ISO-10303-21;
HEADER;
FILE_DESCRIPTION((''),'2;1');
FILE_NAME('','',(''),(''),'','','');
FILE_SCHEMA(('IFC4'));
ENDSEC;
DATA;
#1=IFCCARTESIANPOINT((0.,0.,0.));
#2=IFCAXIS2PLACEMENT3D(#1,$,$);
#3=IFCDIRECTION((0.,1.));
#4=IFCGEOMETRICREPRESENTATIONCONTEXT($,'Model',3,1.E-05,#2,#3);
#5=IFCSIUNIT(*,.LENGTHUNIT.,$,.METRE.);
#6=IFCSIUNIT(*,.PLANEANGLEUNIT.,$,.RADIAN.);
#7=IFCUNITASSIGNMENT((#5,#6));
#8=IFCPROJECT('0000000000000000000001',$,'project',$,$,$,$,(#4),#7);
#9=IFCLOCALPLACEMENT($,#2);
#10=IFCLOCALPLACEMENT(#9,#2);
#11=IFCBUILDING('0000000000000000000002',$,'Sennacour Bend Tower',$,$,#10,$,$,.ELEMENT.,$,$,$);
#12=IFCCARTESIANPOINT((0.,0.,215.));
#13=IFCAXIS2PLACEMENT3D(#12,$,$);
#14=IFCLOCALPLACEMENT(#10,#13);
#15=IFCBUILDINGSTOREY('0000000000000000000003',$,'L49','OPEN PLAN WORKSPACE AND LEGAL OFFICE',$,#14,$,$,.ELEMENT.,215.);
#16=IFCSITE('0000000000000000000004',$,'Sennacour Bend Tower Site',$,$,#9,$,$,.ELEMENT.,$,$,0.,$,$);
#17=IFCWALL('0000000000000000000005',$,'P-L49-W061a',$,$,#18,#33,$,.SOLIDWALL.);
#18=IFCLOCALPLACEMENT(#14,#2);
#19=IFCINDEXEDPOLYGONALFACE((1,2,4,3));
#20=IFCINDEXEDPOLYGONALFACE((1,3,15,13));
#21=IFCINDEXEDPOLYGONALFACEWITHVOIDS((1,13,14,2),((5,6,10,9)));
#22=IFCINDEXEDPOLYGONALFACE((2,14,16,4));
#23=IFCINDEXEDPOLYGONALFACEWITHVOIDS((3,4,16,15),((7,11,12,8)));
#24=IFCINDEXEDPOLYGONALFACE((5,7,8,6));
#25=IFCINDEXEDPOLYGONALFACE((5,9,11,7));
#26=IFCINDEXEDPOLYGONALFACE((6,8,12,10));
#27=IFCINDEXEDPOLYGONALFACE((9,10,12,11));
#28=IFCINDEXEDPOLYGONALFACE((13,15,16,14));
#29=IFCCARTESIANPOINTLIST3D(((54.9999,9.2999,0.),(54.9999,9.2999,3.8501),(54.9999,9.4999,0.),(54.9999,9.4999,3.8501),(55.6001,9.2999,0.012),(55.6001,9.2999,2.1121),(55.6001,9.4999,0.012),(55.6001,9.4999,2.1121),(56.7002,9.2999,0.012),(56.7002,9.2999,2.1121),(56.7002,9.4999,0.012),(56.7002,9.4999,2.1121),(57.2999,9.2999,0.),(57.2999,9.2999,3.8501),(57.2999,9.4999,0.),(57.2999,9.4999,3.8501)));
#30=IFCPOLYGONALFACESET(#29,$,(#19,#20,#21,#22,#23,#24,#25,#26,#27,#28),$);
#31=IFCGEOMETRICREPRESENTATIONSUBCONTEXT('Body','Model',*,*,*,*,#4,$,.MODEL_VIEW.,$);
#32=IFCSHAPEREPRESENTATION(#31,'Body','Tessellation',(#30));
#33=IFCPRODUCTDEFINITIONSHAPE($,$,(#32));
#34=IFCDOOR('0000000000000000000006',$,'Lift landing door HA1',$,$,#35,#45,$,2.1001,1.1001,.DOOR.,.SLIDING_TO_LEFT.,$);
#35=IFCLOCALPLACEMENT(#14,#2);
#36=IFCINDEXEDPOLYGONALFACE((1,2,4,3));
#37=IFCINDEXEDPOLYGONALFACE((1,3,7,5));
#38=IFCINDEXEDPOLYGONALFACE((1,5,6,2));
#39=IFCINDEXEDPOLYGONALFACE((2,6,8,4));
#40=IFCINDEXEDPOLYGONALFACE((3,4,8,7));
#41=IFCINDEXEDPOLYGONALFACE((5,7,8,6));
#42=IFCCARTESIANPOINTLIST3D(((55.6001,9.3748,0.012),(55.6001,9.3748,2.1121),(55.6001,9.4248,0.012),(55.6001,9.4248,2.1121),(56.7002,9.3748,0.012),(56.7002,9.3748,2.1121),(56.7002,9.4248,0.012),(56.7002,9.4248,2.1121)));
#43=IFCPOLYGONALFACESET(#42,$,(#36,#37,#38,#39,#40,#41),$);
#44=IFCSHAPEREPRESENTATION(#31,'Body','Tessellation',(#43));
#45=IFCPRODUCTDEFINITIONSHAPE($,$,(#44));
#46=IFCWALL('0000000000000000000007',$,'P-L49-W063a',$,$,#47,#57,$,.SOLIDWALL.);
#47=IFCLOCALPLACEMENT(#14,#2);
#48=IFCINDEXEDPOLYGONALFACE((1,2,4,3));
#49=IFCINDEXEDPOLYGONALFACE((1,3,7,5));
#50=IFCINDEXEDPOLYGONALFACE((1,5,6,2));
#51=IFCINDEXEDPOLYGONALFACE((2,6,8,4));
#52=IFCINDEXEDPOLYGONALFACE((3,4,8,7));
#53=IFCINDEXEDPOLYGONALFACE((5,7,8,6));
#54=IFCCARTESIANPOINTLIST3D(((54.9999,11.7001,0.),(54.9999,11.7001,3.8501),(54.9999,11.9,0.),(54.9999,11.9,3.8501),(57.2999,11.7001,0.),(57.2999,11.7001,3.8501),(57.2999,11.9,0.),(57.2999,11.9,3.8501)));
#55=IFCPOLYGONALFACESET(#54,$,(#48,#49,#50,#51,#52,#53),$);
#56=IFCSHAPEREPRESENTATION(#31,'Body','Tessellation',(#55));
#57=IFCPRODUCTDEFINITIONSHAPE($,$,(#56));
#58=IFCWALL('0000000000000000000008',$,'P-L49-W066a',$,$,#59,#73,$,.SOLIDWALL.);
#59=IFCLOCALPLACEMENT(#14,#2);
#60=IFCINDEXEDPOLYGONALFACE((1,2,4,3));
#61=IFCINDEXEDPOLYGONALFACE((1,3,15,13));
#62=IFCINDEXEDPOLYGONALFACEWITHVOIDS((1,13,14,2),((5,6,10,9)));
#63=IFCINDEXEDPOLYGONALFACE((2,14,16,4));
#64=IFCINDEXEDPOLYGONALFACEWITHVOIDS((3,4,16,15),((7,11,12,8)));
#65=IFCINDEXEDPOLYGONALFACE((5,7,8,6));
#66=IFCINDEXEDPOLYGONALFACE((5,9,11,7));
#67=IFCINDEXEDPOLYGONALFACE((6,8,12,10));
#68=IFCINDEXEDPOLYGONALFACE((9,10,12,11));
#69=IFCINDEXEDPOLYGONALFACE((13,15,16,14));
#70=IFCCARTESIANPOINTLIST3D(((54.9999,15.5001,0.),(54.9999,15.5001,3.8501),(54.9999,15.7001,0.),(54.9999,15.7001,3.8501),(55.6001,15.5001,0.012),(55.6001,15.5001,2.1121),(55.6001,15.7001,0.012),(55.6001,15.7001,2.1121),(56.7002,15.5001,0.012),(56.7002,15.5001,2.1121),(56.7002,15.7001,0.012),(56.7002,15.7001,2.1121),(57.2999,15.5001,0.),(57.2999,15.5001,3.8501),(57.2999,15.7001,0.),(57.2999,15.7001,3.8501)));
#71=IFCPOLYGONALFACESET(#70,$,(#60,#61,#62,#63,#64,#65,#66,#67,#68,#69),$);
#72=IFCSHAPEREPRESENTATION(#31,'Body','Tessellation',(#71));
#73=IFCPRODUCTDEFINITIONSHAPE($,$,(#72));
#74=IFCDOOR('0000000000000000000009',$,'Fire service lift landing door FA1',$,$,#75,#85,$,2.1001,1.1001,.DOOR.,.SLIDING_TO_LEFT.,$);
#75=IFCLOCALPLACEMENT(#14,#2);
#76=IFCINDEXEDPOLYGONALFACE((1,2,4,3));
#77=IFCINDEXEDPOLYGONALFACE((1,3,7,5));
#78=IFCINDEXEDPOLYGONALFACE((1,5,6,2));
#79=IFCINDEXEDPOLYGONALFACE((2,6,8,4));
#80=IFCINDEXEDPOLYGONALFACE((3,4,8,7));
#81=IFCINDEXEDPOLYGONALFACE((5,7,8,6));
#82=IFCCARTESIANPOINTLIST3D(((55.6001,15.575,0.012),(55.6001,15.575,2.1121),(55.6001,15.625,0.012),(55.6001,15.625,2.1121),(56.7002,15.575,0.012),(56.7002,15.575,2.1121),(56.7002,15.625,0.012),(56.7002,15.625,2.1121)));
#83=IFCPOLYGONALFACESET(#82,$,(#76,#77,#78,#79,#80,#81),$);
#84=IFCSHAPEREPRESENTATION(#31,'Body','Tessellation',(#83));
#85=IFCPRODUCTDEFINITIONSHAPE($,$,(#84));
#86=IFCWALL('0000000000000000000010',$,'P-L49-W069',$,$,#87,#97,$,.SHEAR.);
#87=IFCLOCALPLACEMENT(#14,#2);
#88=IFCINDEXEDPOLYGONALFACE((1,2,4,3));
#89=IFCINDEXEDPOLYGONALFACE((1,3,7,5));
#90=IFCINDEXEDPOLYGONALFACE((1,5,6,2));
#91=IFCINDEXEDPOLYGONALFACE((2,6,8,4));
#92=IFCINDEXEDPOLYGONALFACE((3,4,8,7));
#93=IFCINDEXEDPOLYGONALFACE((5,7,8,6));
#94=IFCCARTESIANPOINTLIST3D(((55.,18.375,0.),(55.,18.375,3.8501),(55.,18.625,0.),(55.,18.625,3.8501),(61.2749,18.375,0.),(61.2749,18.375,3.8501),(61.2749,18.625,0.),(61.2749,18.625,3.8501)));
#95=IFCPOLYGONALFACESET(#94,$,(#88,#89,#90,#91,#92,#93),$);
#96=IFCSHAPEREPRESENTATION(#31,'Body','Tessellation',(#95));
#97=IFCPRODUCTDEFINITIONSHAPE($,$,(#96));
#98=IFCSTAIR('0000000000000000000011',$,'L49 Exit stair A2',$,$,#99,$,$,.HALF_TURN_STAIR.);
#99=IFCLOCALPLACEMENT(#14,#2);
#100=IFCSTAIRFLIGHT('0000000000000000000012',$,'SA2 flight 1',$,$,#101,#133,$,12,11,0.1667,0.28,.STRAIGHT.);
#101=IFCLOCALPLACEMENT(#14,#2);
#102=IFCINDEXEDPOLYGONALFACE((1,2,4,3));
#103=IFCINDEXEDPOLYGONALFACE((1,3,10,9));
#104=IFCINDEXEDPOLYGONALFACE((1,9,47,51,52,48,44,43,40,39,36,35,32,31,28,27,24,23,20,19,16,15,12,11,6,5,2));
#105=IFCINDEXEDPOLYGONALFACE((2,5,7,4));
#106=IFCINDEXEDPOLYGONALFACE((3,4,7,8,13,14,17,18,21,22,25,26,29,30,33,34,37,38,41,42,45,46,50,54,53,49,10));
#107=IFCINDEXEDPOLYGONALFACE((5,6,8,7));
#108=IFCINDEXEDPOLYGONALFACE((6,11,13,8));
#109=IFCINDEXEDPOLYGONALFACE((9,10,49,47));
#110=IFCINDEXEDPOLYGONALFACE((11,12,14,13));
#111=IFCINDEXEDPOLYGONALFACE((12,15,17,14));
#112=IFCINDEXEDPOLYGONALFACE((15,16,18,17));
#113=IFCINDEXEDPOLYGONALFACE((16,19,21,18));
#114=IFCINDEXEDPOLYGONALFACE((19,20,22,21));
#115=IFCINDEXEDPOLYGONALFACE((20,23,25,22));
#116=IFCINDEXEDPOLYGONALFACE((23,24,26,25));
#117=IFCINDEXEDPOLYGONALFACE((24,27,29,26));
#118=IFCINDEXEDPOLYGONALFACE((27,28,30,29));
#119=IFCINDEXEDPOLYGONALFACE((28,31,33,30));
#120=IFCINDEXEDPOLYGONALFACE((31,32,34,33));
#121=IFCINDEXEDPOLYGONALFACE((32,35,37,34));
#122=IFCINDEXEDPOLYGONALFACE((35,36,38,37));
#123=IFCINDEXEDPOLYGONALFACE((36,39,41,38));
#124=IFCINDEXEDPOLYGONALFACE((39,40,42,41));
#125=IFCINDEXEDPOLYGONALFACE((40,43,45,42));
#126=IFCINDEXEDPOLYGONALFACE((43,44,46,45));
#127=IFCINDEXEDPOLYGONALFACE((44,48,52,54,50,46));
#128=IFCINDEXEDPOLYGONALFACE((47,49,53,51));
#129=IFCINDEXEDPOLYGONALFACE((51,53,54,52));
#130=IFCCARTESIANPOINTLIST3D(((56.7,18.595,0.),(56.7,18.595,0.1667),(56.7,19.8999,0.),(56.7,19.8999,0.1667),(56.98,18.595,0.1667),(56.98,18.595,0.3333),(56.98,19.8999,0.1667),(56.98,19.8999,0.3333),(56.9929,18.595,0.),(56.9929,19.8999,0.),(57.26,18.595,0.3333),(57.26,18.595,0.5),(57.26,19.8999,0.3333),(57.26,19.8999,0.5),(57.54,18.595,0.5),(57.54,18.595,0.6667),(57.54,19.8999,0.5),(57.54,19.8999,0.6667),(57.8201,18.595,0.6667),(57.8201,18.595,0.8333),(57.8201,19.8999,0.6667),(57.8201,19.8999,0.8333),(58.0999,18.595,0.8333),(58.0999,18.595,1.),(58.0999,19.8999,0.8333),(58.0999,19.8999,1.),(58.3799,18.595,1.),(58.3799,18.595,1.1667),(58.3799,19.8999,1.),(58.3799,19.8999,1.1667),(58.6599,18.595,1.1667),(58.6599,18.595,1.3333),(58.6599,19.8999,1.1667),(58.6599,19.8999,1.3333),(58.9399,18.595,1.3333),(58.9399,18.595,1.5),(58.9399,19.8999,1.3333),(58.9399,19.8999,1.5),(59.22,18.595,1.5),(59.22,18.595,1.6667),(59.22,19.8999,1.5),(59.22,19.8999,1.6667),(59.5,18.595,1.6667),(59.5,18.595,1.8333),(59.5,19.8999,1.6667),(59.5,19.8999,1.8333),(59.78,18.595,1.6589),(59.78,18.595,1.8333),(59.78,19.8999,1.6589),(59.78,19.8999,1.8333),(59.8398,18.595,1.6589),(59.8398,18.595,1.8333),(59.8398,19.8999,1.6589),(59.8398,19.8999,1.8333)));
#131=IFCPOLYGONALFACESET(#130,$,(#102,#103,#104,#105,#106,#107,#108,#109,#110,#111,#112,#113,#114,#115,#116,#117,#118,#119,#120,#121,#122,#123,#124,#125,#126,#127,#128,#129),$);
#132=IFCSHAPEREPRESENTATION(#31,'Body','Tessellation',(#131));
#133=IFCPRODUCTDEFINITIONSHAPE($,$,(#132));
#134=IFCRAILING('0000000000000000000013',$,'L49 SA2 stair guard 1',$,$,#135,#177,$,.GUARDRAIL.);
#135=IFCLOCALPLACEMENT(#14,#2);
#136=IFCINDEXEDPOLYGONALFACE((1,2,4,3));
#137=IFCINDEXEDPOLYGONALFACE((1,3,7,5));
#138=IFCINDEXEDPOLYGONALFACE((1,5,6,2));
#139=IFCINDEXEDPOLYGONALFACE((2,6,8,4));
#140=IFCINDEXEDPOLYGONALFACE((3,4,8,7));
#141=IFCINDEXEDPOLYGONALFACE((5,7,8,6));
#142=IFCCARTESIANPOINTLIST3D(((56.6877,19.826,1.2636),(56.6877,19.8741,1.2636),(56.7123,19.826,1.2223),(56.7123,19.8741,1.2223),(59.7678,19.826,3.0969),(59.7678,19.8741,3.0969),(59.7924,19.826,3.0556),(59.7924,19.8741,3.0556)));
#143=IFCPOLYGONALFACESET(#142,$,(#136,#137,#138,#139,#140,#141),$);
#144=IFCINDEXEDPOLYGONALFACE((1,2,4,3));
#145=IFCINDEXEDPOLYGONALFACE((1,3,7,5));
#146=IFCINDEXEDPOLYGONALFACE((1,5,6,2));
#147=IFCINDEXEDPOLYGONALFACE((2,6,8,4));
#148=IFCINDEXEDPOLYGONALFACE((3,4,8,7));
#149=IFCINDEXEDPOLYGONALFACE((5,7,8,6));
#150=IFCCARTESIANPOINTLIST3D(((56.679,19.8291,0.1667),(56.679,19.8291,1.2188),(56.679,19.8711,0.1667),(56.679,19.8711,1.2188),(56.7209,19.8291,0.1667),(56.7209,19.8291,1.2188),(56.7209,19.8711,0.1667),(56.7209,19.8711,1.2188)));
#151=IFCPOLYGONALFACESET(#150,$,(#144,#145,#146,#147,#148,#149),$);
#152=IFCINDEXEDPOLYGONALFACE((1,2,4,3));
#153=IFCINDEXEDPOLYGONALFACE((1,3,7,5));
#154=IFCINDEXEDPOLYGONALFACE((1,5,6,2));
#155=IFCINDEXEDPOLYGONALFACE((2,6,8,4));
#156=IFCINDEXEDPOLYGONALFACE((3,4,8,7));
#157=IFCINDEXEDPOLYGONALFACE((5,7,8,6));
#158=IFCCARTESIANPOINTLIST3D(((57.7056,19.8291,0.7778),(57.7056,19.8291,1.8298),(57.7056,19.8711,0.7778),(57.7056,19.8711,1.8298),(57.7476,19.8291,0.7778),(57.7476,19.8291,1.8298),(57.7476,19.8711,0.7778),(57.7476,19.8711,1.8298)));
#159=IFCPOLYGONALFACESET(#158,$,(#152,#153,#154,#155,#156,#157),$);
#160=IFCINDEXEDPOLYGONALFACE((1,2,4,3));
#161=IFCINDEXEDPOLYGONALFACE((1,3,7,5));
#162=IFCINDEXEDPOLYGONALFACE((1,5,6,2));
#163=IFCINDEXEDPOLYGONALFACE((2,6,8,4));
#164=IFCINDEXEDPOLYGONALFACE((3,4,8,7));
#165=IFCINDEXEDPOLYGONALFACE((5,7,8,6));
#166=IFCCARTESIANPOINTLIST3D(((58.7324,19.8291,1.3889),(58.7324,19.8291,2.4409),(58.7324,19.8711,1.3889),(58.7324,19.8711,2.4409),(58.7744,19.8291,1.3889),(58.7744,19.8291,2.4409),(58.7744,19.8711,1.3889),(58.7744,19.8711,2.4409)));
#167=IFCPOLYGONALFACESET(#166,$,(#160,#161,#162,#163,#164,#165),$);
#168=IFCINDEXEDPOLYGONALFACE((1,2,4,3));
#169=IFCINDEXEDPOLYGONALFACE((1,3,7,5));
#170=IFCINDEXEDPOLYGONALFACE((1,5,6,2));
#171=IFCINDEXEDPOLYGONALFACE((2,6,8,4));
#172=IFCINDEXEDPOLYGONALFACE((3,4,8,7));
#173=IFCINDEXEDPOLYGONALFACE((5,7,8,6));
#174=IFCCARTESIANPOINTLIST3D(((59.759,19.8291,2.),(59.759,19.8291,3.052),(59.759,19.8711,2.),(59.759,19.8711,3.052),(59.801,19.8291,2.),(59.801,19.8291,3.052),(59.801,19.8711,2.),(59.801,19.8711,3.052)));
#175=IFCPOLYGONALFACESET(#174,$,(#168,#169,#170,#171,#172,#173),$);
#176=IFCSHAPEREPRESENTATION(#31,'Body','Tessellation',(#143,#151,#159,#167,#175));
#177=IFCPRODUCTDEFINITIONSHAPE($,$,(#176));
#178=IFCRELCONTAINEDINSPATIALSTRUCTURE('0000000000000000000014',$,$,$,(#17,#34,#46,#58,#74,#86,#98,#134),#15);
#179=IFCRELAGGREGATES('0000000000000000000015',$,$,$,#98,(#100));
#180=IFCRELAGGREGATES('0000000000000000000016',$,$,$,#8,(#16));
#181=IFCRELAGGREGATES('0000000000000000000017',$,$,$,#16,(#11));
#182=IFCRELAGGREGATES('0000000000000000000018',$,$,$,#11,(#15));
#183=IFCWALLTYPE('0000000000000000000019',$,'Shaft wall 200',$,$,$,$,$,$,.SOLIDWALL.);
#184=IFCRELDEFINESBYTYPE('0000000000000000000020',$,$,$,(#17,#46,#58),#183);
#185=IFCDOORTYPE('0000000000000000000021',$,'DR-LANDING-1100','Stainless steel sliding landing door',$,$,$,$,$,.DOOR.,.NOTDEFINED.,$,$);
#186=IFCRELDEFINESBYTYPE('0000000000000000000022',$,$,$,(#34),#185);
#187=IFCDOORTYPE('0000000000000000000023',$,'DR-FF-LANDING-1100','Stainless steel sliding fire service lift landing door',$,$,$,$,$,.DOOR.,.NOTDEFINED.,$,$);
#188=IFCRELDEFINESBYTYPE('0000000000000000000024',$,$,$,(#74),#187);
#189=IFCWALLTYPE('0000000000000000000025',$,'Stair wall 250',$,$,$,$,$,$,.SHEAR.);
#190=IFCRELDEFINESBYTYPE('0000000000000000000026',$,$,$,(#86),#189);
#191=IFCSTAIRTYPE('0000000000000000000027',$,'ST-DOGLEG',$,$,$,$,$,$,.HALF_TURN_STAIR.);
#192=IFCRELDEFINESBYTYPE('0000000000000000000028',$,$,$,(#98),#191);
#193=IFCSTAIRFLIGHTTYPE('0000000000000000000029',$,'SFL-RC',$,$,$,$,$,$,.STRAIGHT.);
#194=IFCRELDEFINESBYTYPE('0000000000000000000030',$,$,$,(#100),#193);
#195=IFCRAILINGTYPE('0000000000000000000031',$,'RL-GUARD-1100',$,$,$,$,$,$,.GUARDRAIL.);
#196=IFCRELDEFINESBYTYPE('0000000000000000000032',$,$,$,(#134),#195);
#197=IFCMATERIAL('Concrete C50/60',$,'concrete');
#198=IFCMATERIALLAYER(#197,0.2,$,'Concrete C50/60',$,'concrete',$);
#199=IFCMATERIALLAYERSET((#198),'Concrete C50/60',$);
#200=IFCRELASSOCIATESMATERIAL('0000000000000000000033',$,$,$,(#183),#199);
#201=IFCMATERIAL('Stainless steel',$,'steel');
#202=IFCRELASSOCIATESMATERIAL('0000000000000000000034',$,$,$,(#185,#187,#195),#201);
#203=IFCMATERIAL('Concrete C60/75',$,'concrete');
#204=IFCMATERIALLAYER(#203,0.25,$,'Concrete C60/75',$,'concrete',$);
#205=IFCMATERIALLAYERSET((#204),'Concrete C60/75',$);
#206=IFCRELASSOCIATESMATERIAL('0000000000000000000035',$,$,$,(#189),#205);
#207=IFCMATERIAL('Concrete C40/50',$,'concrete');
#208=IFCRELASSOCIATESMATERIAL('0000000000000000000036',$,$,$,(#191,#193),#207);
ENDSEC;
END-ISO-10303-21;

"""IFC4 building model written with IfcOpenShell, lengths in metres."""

from ifc_helpers import new_model, si_unit, direction, frame, frame_2d, origin, origin_2d, place, context, subcontext, project, spatial, polyline, rectangle, outline, extrude, material, layer, layer_set, type_object, element, fill, aggregate, save


model = new_model("IFC4")

# Units and contexts
model_context = context("Model", 3, precision=1e-05, world=origin(), true_north=direction((0.0, 1.0)))
body_context = subcontext(model_context, "Body", "Model", "MODEL_VIEW")
ifc_project = project(units=[si_unit("LENGTHUNIT", "METRE"), si_unit("PLANEANGLEUNIT", "RADIAN")], contexts=[model_context])

# Site, building, storey
site_placement = place(None, origin())
site = spatial("IfcSite", under=ifc_project, at=site_placement, Name="Sennacour Bend Tower Site", CompositionType="ELEMENT", RefElevation=0.0)
building_placement = place(site_placement, origin())
building = spatial("IfcBuilding", under=site, at=building_placement, Name="Sennacour Bend Tower", CompositionType="ELEMENT")
storey_placement = place(building_placement, frame((0.0, 0.0, 215.0)))
storey = spatial("IfcBuildingStorey", under=building, at=storey_placement, Name="L49", Description="OPEN PLAN WORKSPACE AND LEGAL OFFICE", CompositionType="ELEMENT", Elevation=215.0)

# Shared definitions
ifc_material_1 = material(Name="Concrete C60/75", Category="concrete")

# Wall, opening, door
ifc_material_2 = material(Name="Concrete C50/60", Category="concrete")
ifc_layer_1 = layer(ifc_material_2, 0.2, Name="Concrete C50/60", Category="concrete")
ifc_layer_set_1 = layer_set([ifc_layer_1], Name="Concrete C50/60")
wall_type_1 = type_object("IfcWallType", Name="Shaft wall 200", PredefinedType="SOLIDWALL", material=ifc_layer_set_1)
wall_1_placement = place(storey_placement, frame((55.0, 9.3999, 0.0), z_axis=(0.0, 0.0, 1.0), x_axis=(1.0, 0.0, 0.0)))
wall_1 = element("IfcWall", 1, at=wall_1_placement, inside=storey, type_object=wall_type_1, Name="P-L49-W061a", PredefinedType="SOLIDWALL", context=body_context, shape_type="SweptSolid", body=[
    extrude(rectangle(XDim=2.3, YDim=0.2, at=frame_2d((1.1499, 0.0))), origin(), (0.0, 0.0, 1.0), 3.8501),
])
opening_1_placement = place(wall_1_placement, frame((0.6001, 0.0, 0.012)))
opening_1 = element("IfcOpeningElement", 2, at=opening_1_placement, cuts=wall_1, PredefinedType="OPENING", context=body_context, shape_type="SweptSolid", body=[
    extrude(rectangle(XDim=1.1001, YDim=2.1001, at=frame_2d((0.55, 1.05))), frame((0.0, 0.1099, 0.0), z_axis=(0.0, -1.0, 0.0), x_axis=(1.0, 0.0, 0.0)), (0.0, 0.0, 1.0), 0.22),
])
ifc_material_3 = material(Name="Stainless steel", Category="steel")
door_type_1 = type_object("IfcDoorType", Name="DR-LANDING-1100", Description="Stainless steel sliding landing door", OperationType="NOTDEFINED", PredefinedType="DOOR", material=ifc_material_3)
door_1_placement = place(opening_1_placement, origin())
door_1 = element("IfcDoor", 3, at=door_1_placement, inside=storey, type_object=door_type_1, Name="Lift landing door HA1", OperationType="SLIDING_TO_LEFT", OverallHeight=2.1001, OverallWidth=1.1001, PredefinedType="DOOR", context=body_context, shape_type="SweptSolid", body=[
    extrude(rectangle(XDim=1.1001, YDim=2.1001, at=frame_2d((0.55, 1.05))), frame((0.0, 0.0249, 0.0), z_axis=(0.0, -1.0, 0.0), x_axis=(1.0, 0.0, 0.0)), (0.0, 0.0, 1.0), 0.05),
])
fill(opening_1, door_1)

# Wall
wall_2_placement = place(storey_placement, frame((55.0, 11.8, 0.0), z_axis=(0.0, 0.0, 1.0), x_axis=(1.0, 0.0, 0.0)))
element("IfcWall", 4, at=wall_2_placement, inside=storey, type_object=wall_type_1, Name="P-L49-W063a", PredefinedType="SOLIDWALL", context=body_context, shape_type="SweptSolid", body=[
    extrude(rectangle(XDim=2.3, YDim=0.2, at=frame_2d((1.1499, 0.0))), origin(), (0.0, 0.0, 1.0), 3.8501),
])

# Wall, opening, door
wall_3_placement = place(storey_placement, frame((55.0, 15.6001, 0.0), z_axis=(0.0, 0.0, 1.0), x_axis=(1.0, 0.0, 0.0)))
wall_3 = element("IfcWall", 5, at=wall_3_placement, inside=storey, type_object=wall_type_1, Name="P-L49-W066a", PredefinedType="SOLIDWALL", context=body_context, shape_type="SweptSolid", body=[
    extrude(rectangle(XDim=2.3, YDim=0.2, at=frame_2d((1.1499, 0.0))), origin(), (0.0, 0.0, 1.0), 3.8501),
])
opening_2_placement = place(wall_3_placement, frame((0.6001, 0.0, 0.012)))
opening_2 = element("IfcOpeningElement", 6, at=opening_2_placement, cuts=wall_3, PredefinedType="OPENING", context=body_context, shape_type="SweptSolid", body=[
    extrude(rectangle(XDim=1.1001, YDim=2.1001, at=frame_2d((0.55, 1.05))), frame((0.0, 0.1099, 0.0), z_axis=(0.0, -1.0, 0.0), x_axis=(1.0, 0.0, 0.0)), (0.0, 0.0, 1.0), 0.22),
])
door_type_2 = type_object("IfcDoorType", Name="DR-FF-LANDING-1100", Description="Stainless steel sliding fire service lift landing door", OperationType="NOTDEFINED", PredefinedType="DOOR", material=ifc_material_3)
door_2_placement = place(opening_2_placement, origin())
door_2 = element("IfcDoor", 7, at=door_2_placement, inside=storey, type_object=door_type_2, Name="Fire service lift landing door FA1", OperationType="SLIDING_TO_LEFT", OverallHeight=2.1001, OverallWidth=1.1001, PredefinedType="DOOR", context=body_context, shape_type="SweptSolid", body=[
    extrude(rectangle(XDim=1.1001, YDim=2.1001, at=frame_2d((0.55, 1.05))), frame((0.0, 0.0249, 0.0), z_axis=(0.0, -1.0, 0.0), x_axis=(1.0, 0.0, 0.0)), (0.0, 0.0, 1.0), 0.05),
])
fill(opening_2, door_2)

# Wall
ifc_layer_2 = layer(ifc_material_1, 0.25, Name="Concrete C60/75", Category="concrete")
ifc_layer_set_2 = layer_set([ifc_layer_2], Name="Concrete C60/75")
wall_type_2 = type_object("IfcWallType", Name="Stair wall 250", PredefinedType="SHEAR", material=ifc_layer_set_2)
wall_4_placement = place(storey_placement, frame((55.0, 18.5, 0.0), z_axis=(0.0, 0.0, 1.0), x_axis=(1.0, 0.0, 0.0)))
element("IfcWall", 8, at=wall_4_placement, inside=storey, type_object=wall_type_2, Name="P-L49-W069", PredefinedType="SHEAR", context=body_context, shape_type="SweptSolid", body=[
    extrude(rectangle(XDim=6.2749, YDim=0.25, at=frame_2d((3.1375, 0.0))), origin(), (0.0, 0.0, 1.0), 3.8501),
])

# Stair, stair flight
ifc_material_4 = material(Name="Concrete C40/50", Category="concrete")
stair_type = type_object("IfcStairType", Name="ST-DOGLEG", PredefinedType="HALF_TURN_STAIR", material=ifc_material_4)
stair_placement = place(storey_placement, origin())
stair = element("IfcStair", 9, at=stair_placement, inside=storey, type_object=stair_type, Name="L49 Exit stair A2", PredefinedType="HALF_TURN_STAIR")
stair_flight_type = type_object("IfcStairFlightType", Name="SFL-RC", PredefinedType="STRAIGHT", material=ifc_material_4)
stair_flight_placement = place(storey_placement, frame((56.7, 19.2476, 0.0), z_axis=(0.0, 0.0, 1.0), x_axis=(1.0, 0.0, 0.0)))
stair_flight = element("IfcStairFlight", 10, at=stair_flight_placement, type_object=stair_flight_type, Name="SA2 flight 1", NumberOfRisers=12, NumberOfTreads=11, PredefinedType="STRAIGHT", RiserHeight=0.1667, TreadLength=0.28, context=body_context, shape_type="SweptSolid", body=[
    extrude(outline(polyline([(0.0, 0.0), (0.0, 0.1667), (0.28, 0.1667), (0.28, 0.3333), (0.5601, 0.3333), (0.5601, 0.5), (0.8401, 0.5), (0.8401, 0.6667), (1.1201, 0.6667), (1.1201, 0.8333), (1.3999, 0.8333), (1.3999, 1.0), (1.6799, 1.0), (1.6799, 1.1667), (1.96, 1.1667), (1.96, 1.3333), (2.24, 1.3333), (2.24, 1.5), (2.52, 1.5), (2.52, 1.6667), (2.8, 1.6667), (2.8, 1.8333), (3.0801, 1.8333), (3.1399, 1.8333), (3.1399, 1.6589), (3.0801, 1.6589), (0.293, 0.0), (0.0, 0.0)])), frame((0.0, 0.6523, 0.0), z_axis=(0.0, -1.0, 0.0), x_axis=(1.0, 0.0, 0.0)), (0.0, 0.0, 1.0), 1.3049),
])
aggregate(stair, [stair_flight])

# Railing
railing_type_1 = type_object("IfcRailingType", Name="RL-GUARD-1100", PredefinedType="GUARDRAIL", material=ifc_material_3)
railing_1_placement = place(storey_placement, frame((56.7, 19.8501, 0.1667)))
element("IfcRailing", 11, at=railing_1_placement, inside=storey, type_object=railing_type_1, Name="L49 SA2 stair guard 1", PredefinedType="GUARDRAIL", context=body_context, shape_type="SweptSolid", body=[
    extrude(rectangle(XDim=0.0481, YDim=0.0481, at=origin_2d()), frame((0.0, 0.0, 1.0762), z_axis=(0.859309, 0.0, 0.511458), x_axis=(0.0, 1.0, 0.0)), (0.0, 0.0, 1.0), 3.5845),
    extrude(rectangle(XDim=0.042, YDim=0.042, at=origin_2d()), origin(), (0.0, 0.0, 1.0), 1.052),
    extrude(rectangle(XDim=0.042, YDim=0.042, at=origin_2d()), frame((1.0266, 0.0, 0.6111)), (0.0, 0.0, 1.0), 1.052),
    extrude(rectangle(XDim=0.042, YDim=0.042, at=origin_2d()), frame((2.0535, 0.0, 1.2222)), (0.0, 0.0, 1.0), 1.052),
    extrude(rectangle(XDim=0.042, YDim=0.042, at=origin_2d()), frame((3.0801, 0.0, 1.8333)), (0.0, 0.0, 1.0), 1.052),
])

save(model, "model.ifc")
